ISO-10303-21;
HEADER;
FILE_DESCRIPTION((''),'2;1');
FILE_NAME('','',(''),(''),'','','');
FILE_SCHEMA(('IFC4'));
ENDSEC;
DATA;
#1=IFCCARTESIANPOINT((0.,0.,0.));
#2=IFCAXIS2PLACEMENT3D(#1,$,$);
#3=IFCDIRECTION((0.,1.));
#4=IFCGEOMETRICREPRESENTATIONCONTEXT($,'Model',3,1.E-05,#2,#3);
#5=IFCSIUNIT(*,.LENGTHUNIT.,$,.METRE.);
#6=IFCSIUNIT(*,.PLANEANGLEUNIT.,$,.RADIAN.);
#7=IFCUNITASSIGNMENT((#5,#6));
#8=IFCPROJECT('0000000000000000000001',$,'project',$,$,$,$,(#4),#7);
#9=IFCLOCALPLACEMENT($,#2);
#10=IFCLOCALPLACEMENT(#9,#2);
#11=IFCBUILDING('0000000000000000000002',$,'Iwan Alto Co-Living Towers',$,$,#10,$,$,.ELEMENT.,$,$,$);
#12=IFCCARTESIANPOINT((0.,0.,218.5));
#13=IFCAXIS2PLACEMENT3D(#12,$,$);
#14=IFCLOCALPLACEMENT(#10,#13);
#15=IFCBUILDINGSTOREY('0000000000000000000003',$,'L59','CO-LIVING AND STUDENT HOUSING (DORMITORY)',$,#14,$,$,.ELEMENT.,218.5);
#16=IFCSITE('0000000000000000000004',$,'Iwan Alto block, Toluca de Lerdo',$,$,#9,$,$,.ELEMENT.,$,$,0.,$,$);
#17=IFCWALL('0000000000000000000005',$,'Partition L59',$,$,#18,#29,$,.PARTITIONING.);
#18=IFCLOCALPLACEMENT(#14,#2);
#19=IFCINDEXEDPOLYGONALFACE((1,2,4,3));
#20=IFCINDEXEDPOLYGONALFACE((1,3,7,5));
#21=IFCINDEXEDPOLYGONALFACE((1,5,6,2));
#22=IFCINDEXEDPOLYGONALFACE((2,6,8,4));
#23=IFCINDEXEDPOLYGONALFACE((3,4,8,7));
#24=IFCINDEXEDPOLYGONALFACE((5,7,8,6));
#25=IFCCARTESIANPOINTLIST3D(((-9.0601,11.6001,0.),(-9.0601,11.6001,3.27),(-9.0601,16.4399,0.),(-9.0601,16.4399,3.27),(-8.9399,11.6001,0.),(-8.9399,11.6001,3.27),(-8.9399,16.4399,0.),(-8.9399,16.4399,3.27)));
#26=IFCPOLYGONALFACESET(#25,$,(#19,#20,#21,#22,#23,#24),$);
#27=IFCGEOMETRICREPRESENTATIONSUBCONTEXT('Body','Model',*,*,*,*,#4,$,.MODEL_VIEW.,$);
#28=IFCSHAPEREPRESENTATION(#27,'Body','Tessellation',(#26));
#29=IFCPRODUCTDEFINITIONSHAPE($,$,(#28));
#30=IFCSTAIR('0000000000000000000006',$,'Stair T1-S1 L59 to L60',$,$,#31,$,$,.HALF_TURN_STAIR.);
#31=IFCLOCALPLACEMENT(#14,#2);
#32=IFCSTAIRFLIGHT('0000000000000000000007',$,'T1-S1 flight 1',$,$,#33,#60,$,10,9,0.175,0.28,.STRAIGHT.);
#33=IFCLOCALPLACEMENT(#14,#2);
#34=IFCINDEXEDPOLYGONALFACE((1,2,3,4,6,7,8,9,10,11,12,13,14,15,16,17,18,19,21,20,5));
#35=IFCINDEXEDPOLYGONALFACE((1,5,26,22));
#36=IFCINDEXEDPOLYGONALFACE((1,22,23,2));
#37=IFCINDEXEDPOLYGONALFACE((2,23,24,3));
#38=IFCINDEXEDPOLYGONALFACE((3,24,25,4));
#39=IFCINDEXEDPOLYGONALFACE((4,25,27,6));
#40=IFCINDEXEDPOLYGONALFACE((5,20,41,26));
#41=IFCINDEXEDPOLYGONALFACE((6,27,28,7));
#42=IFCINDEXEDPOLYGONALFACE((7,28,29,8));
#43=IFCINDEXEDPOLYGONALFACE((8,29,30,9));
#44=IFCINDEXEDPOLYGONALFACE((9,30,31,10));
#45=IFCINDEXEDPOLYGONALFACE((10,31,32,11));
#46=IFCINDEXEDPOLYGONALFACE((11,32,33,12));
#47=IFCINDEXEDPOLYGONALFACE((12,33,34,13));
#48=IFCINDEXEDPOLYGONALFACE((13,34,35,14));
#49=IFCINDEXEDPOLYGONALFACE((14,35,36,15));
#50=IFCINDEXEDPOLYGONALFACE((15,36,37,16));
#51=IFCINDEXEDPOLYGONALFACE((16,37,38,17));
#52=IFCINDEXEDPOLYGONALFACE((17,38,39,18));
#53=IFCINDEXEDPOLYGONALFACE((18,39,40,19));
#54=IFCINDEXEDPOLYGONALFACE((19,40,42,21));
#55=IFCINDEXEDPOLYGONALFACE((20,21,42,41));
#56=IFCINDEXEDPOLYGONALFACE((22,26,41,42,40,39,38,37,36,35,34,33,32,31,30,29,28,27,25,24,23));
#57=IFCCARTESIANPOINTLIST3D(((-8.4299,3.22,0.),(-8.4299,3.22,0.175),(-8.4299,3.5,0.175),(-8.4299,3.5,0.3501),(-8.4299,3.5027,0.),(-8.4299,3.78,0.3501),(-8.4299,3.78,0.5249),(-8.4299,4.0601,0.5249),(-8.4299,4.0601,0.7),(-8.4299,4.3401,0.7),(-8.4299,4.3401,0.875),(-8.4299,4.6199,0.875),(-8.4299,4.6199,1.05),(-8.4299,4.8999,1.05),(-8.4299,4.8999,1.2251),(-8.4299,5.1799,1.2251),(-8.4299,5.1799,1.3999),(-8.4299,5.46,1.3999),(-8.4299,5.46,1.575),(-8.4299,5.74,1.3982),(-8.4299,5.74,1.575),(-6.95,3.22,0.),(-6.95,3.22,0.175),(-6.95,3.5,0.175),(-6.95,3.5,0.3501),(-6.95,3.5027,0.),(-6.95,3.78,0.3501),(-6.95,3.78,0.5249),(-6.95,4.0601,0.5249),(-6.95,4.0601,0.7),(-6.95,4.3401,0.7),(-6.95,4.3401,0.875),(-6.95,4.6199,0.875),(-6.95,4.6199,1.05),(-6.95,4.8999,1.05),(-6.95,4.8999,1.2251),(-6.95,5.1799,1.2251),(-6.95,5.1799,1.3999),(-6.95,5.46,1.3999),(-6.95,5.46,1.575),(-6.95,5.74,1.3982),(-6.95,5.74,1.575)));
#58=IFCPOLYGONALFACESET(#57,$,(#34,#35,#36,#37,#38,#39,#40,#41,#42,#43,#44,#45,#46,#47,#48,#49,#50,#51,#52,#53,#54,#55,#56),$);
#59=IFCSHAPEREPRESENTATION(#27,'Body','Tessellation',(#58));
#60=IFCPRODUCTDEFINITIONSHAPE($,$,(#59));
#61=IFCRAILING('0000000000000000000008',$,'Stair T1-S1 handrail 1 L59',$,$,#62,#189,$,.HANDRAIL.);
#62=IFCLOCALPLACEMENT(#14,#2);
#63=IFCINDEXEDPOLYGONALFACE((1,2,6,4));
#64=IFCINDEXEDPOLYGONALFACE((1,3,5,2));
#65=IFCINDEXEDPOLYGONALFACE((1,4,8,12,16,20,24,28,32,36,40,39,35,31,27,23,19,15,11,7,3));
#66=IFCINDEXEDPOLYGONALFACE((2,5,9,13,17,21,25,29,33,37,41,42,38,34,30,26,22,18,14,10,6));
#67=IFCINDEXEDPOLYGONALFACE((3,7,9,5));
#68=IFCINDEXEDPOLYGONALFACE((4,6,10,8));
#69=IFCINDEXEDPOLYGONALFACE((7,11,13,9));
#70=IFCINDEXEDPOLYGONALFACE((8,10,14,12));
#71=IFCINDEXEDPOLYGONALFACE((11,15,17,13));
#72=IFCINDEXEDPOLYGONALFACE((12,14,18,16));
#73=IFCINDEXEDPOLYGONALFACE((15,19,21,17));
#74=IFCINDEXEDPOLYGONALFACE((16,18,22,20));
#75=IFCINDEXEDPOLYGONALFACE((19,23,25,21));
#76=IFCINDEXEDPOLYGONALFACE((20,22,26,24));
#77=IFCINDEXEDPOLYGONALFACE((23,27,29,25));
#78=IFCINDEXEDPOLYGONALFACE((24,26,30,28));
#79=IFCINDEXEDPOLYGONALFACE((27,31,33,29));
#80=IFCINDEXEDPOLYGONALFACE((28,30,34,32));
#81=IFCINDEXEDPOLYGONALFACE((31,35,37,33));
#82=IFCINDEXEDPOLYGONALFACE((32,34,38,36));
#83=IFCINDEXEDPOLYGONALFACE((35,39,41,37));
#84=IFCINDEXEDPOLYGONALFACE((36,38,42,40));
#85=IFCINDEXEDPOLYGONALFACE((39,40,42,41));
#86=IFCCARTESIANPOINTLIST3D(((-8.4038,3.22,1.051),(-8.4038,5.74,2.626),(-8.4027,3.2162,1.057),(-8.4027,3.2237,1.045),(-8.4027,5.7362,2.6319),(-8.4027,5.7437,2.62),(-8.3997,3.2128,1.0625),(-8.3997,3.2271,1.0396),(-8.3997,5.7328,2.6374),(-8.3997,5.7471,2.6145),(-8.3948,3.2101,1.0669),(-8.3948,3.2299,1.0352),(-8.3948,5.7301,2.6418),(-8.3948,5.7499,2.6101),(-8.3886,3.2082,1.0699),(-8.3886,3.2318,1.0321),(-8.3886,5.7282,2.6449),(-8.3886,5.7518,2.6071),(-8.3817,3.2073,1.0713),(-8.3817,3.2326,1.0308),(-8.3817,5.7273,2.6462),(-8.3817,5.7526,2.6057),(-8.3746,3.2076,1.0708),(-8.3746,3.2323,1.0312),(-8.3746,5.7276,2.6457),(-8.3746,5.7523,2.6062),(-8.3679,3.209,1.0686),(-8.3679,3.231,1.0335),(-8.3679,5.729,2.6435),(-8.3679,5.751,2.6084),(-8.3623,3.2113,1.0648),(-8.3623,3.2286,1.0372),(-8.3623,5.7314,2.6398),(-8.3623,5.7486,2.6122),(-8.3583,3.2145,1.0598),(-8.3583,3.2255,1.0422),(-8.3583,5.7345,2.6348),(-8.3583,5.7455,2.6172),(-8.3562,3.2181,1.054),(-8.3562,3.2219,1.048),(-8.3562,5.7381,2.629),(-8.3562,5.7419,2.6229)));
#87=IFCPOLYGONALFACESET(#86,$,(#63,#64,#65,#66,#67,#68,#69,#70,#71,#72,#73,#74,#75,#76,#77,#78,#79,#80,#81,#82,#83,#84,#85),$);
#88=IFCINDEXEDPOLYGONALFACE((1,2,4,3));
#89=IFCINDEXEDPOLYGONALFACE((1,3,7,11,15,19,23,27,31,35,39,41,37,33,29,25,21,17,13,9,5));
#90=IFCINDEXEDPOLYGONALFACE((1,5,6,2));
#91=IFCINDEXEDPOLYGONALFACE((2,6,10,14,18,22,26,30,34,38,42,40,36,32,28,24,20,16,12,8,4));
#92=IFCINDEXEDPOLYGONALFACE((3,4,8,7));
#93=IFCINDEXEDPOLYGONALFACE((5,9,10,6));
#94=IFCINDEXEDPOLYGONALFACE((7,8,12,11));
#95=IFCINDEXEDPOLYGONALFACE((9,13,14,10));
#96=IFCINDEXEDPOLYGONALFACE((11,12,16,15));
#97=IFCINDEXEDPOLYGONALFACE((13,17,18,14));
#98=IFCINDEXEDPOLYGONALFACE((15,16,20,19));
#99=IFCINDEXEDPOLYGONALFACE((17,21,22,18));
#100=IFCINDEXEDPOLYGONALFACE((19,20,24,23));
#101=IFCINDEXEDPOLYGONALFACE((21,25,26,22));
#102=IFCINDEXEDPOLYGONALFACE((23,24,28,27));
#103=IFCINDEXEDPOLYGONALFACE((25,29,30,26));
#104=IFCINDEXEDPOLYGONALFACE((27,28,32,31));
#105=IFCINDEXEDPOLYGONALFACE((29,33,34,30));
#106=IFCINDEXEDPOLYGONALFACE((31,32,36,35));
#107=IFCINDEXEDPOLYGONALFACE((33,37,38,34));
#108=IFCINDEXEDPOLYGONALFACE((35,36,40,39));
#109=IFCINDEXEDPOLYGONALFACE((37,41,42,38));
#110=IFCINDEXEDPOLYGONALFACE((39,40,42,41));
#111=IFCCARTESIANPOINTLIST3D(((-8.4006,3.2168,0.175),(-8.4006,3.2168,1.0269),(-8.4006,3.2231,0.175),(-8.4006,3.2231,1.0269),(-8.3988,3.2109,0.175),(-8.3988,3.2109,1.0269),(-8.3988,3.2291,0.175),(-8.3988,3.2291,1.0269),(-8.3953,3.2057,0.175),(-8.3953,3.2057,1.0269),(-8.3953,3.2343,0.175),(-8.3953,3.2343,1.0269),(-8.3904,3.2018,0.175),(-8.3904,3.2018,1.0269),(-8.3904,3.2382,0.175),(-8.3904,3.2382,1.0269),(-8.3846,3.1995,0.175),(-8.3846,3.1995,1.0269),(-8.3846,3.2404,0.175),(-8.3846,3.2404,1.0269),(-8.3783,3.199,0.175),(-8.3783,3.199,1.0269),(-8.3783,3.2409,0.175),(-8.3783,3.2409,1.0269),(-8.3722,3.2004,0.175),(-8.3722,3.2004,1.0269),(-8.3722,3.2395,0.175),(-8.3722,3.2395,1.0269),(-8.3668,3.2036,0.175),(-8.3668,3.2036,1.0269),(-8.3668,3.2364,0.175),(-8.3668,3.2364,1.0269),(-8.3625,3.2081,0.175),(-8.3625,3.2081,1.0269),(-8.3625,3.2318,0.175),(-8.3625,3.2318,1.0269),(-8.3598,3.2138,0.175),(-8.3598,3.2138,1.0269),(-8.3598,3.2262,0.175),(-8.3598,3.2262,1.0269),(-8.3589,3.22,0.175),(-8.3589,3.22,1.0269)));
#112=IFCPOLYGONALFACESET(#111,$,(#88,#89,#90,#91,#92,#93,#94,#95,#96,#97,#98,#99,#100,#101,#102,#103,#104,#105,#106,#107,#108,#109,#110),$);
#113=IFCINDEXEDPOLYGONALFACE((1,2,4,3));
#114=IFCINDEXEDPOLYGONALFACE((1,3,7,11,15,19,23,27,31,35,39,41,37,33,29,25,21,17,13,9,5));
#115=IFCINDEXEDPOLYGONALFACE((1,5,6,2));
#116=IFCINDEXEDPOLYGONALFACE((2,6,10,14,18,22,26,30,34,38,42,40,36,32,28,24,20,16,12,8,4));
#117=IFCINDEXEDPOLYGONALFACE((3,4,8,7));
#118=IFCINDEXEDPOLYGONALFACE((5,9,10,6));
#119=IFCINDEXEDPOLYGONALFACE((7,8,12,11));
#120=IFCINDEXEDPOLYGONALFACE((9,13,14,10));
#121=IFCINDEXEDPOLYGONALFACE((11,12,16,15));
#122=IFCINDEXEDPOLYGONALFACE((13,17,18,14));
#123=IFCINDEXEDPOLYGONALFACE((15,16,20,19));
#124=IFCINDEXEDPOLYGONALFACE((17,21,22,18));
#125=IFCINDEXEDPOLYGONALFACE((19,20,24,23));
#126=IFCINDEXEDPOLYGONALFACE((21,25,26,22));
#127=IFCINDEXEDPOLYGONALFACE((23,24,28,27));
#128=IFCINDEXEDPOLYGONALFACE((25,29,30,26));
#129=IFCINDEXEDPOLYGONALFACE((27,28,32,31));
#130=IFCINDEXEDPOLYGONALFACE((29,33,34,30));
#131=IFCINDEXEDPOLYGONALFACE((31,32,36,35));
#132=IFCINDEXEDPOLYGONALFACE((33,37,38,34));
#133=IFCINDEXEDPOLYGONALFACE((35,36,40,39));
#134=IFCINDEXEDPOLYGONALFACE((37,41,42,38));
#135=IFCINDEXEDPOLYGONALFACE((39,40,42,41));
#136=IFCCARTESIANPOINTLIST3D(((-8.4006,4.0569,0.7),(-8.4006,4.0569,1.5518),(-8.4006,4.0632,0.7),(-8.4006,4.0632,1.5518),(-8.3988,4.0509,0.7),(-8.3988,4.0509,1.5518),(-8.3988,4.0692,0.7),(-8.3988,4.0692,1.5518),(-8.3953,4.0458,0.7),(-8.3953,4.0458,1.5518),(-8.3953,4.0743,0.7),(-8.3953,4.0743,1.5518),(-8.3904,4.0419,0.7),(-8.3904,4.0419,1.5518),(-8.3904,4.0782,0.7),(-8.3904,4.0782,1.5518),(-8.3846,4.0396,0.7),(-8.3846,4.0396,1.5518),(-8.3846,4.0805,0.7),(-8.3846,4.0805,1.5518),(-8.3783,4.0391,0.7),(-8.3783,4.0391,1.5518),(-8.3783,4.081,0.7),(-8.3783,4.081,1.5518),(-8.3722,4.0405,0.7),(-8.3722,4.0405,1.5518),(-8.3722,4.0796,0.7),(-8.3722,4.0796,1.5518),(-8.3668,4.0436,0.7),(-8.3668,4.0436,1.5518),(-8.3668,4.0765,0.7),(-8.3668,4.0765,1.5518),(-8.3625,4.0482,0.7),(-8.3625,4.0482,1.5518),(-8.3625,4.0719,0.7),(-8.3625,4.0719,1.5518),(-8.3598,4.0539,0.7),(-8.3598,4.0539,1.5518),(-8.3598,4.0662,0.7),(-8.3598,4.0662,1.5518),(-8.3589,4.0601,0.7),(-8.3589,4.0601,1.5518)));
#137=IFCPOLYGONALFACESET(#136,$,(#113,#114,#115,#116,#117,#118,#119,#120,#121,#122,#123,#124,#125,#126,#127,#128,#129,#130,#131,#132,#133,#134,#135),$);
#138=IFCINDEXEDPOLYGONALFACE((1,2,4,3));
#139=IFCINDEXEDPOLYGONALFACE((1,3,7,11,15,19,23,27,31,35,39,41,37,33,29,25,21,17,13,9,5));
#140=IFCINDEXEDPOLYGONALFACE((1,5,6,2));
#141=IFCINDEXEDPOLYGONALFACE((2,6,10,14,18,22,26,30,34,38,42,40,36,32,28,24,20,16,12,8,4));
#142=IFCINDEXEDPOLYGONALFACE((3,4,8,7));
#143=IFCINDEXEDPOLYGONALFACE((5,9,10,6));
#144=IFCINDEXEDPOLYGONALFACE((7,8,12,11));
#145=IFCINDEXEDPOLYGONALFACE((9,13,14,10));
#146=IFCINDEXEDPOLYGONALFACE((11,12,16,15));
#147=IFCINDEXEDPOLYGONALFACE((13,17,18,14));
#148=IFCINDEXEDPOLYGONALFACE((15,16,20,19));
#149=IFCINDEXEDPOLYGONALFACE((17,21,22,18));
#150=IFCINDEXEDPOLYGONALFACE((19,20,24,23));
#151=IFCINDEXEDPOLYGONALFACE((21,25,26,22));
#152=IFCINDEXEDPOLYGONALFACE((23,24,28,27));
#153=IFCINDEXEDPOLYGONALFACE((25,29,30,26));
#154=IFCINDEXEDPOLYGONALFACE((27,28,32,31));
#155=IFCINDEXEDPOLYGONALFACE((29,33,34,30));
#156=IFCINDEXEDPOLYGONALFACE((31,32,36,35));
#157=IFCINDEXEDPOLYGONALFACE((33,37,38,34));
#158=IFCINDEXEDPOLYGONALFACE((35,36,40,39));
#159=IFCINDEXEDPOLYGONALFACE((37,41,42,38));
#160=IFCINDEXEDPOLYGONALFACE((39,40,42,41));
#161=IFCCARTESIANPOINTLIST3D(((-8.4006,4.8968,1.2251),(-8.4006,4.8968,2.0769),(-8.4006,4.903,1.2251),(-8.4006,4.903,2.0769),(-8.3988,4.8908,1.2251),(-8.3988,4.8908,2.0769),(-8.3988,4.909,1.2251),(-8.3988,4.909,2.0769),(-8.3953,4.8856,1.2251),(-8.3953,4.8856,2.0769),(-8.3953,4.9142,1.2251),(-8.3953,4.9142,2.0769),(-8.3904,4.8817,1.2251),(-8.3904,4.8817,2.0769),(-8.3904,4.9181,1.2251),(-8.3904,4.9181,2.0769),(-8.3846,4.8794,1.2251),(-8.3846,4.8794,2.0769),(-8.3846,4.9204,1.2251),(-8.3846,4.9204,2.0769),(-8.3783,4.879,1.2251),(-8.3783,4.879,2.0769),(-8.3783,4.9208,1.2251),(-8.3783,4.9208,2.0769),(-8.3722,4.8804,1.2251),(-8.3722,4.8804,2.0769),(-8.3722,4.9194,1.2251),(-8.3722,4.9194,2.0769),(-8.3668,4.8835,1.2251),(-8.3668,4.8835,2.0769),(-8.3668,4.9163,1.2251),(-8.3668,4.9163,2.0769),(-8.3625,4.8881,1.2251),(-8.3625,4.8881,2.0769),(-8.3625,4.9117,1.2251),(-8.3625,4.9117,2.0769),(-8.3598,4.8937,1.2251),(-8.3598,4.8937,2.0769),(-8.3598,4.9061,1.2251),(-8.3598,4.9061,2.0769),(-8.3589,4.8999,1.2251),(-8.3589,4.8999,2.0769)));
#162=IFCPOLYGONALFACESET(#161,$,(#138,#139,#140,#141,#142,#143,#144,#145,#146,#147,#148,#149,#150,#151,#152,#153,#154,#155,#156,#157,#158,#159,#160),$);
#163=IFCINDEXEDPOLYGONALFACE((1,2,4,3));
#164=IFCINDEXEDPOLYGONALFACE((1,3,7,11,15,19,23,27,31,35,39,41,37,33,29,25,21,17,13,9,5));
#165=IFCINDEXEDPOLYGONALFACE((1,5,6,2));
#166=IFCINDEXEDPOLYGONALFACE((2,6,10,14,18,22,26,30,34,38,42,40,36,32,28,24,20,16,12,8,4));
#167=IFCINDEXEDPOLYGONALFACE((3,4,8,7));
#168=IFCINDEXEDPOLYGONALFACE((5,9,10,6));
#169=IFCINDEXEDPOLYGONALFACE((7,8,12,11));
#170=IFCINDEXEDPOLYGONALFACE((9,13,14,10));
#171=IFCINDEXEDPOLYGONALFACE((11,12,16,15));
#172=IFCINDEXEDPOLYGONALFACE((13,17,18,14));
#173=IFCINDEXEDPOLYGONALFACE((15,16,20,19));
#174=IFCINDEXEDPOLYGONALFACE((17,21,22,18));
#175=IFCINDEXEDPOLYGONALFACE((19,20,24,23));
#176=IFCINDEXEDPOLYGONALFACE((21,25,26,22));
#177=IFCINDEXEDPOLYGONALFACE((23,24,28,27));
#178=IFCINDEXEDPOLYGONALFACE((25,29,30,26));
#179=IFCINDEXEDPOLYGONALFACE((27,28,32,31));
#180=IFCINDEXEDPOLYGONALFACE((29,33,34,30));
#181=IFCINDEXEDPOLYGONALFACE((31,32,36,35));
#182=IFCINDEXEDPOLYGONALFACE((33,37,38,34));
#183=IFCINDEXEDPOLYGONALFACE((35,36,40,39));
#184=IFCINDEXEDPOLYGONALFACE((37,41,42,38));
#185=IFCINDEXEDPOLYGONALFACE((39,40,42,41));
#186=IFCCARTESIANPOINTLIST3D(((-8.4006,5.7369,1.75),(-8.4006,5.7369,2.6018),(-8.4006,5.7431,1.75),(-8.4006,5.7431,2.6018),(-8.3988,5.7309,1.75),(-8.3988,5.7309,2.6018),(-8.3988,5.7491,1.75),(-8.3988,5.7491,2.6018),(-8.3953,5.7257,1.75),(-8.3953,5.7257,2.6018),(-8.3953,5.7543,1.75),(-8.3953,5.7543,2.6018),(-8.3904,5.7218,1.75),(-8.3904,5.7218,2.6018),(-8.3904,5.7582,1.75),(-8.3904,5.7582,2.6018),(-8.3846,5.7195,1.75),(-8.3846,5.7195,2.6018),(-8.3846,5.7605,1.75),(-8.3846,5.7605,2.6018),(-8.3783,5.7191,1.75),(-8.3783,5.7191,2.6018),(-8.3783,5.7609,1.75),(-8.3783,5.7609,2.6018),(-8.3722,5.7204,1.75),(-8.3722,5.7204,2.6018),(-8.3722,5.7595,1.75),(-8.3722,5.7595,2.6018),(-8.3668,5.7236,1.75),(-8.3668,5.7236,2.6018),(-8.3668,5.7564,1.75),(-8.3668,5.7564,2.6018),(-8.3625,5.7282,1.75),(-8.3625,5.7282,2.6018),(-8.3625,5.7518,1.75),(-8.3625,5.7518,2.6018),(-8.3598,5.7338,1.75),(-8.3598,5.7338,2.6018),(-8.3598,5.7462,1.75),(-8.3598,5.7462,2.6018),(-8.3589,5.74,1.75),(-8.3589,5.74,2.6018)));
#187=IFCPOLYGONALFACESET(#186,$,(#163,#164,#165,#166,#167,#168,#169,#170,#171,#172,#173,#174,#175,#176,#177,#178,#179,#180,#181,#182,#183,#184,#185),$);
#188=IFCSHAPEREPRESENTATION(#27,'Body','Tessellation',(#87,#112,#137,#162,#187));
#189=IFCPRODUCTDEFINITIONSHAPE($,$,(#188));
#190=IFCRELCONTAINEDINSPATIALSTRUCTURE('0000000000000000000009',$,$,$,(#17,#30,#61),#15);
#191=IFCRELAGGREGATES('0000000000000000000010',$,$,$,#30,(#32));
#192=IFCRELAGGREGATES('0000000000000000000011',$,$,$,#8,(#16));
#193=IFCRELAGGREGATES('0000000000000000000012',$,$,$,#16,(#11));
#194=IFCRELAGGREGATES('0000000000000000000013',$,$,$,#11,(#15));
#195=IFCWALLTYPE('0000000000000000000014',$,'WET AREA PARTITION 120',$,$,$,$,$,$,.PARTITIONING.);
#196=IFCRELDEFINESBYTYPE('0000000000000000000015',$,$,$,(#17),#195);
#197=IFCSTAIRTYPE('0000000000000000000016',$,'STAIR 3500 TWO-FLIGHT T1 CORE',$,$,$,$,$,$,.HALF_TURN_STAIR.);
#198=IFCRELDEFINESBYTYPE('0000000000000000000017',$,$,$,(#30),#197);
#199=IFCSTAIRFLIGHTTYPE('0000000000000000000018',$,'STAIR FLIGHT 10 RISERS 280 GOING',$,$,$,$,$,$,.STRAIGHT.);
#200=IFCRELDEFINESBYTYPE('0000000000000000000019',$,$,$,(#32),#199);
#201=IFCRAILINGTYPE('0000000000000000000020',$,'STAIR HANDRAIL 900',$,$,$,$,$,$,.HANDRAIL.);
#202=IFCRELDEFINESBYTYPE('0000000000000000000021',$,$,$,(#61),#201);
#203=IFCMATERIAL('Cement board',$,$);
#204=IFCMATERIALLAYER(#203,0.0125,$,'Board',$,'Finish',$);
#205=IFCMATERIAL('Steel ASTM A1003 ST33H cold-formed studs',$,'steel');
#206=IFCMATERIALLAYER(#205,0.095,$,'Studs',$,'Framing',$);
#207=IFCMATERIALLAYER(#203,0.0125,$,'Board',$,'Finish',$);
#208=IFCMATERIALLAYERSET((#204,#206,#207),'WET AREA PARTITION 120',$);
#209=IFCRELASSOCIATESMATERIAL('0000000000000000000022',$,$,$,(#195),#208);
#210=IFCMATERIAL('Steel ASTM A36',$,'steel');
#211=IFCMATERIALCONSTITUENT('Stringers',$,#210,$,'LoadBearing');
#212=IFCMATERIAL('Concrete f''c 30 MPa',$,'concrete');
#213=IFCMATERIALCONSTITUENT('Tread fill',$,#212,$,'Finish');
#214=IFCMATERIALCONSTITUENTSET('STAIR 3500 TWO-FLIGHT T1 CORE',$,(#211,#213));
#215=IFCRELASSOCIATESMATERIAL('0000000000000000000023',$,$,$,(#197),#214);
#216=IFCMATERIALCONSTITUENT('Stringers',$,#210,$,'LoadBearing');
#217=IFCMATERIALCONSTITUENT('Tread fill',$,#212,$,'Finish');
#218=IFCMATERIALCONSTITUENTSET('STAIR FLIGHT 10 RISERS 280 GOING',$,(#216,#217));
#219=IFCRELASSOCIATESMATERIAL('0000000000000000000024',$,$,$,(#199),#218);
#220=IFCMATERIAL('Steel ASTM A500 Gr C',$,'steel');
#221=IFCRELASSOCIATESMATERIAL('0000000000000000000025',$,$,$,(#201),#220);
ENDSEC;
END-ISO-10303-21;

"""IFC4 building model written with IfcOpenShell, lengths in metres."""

from ifc_helpers import new_model, si_unit, direction, frame, frame_2d, origin, origin_2d, place, context, subcontext, project, spatial, polyline, rectangle, circle, outline, extrude, material, layer, layer_set, constituent, constituent_set, type_object, element, aggregate, save


model = new_model("IFC4")

# Units and contexts
model_context = context("Model", 3, precision=1e-05, world=origin(), true_north=direction((0.0, 1.0)))
body_context = subcontext(model_context, "Body", "Model", "MODEL_VIEW")
ifc_project = project(units=[si_unit("LENGTHUNIT", "METRE"), si_unit("PLANEANGLEUNIT", "RADIAN")], contexts=[model_context])

# Site, building, storey
site_placement = place(None, origin())
site = spatial("IfcSite", under=ifc_project, at=site_placement, Name="Iwan Alto block, Toluca de Lerdo", CompositionType="ELEMENT", RefElevation=0.0)
building_placement = place(site_placement, origin())
building = spatial("IfcBuilding", under=site, at=building_placement, Name="Iwan Alto Co-Living Towers", CompositionType="ELEMENT")
storey_placement = place(building_placement, frame((0.0, 0.0, 218.5)))
storey = spatial("IfcBuildingStorey", under=building, at=storey_placement, Name="L59", Description="CO-LIVING AND STUDENT HOUSING (DORMITORY)", CompositionType="ELEMENT", Elevation=218.5)

# Shared definitions
ifc_material_1 = material(Name="Steel ASTM A1003 ST33H cold-formed studs", Category="steel")

# Wall
ifc_material_2 = material(Name="Cement board")
ifc_layer_1 = layer(ifc_material_2, 0.0125, Name="Board", Category="Finish")
ifc_layer_2 = layer(ifc_material_1, 0.095, Name="Studs", Category="Framing")
ifc_layer_3 = layer(ifc_material_2, 0.0125, Name="Board", Category="Finish")
ifc_layer_set_1 = layer_set([ifc_layer_1, ifc_layer_2, ifc_layer_3], Name="WET AREA PARTITION 120")
wall_type_1 = type_object("IfcWallType", Name="WET AREA PARTITION 120", PredefinedType="PARTITIONING", material=ifc_layer_set_1)
wall_1_placement = place(storey_placement, frame((-9.0, 11.6001, 0.0), z_axis=(0.0, 0.0, 1.0), x_axis=(0.0, 1.0, 0.0)))
element("IfcWall", 1, at=wall_1_placement, inside=storey, type_object=wall_type_1, Name="Partition L59", PredefinedType="PARTITIONING", context=body_context, shape_type="SweptSolid", body=[
    extrude(rectangle(XDim=4.8398, YDim=0.1201, at=frame_2d((2.4199, 0.0))), origin(), (0.0, 0.0, 1.0), 3.27),
])

# Stair, stair flight
ifc_material_3 = material(Name="Steel ASTM A36", Category="steel")
ifc_constituent_1 = constituent(ifc_material_3, Name="Stringers", Category="LoadBearing")
ifc_material_4 = material(Name="Concrete f'c 30 MPa", Category="concrete")
ifc_constituent_2 = constituent(ifc_material_4, Name="Tread fill", Category="Finish")
ifc_constituent_set_1 = constituent_set(constituents=[ifc_constituent_1, ifc_constituent_2], Name="STAIR 3500 TWO-FLIGHT T1 CORE")
stair_type = type_object("IfcStairType", Name="STAIR 3500 TWO-FLIGHT T1 CORE", PredefinedType="HALF_TURN_STAIR", material=ifc_constituent_set_1)
stair_placement = place(storey_placement, origin())
stair = element("IfcStair", 2, at=stair_placement, inside=storey, type_object=stair_type, Name="Stair T1-S1 L59 to L60", PredefinedType="HALF_TURN_STAIR")
ifc_constituent_3 = constituent(ifc_material_3, Name="Stringers", Category="LoadBearing")
ifc_constituent_4 = constituent(ifc_material_4, Name="Tread fill", Category="Finish")
ifc_constituent_set_2 = constituent_set(constituents=[ifc_constituent_3, ifc_constituent_4], Name="STAIR FLIGHT 10 RISERS 280 GOING")
stair_flight_type = type_object("IfcStairFlightType", Name="STAIR FLIGHT 10 RISERS 280 GOING", PredefinedType="STRAIGHT", material=ifc_constituent_set_2)
stair_flight_placement = place(storey_placement, frame((-7.6899, 3.22, 0.0), z_axis=(0.0, 0.0, 1.0), x_axis=(0.0, 1.0, 0.0)))
stair_flight = element("IfcStairFlight", 3, at=stair_flight_placement, type_object=stair_flight_type, Name="T1-S1 flight 1", NumberOfRisers=10, NumberOfTreads=9, PredefinedType="STRAIGHT", RiserHeight=0.175, TreadLength=0.28, context=body_context, shape_type="SweptSolid", body=[
    extrude(outline(polyline([(0.0, 0.0), (0.0, 0.175), (0.28, 0.175), (0.28, 0.3501), (0.5601, 0.3501), (0.5601, 0.5249), (0.8401, 0.5249), (0.8401, 0.7), (1.1201, 0.7), (1.1201, 0.875), (1.3999, 0.875), (1.3999, 1.05), (1.6799, 1.05), (1.6799, 1.2251), (1.96, 1.2251), (1.96, 1.3999), (2.24, 1.3999), (2.24, 1.575), (2.52, 1.575), (2.52, 1.75), (2.52, 1.3982), (0.2827, 0.0), (0.0, 0.0)])), frame((0.0, 0.74, 0.0), z_axis=(0.0, -1.0, 0.0), x_axis=(1.0, 0.0, 0.0)), (0.0, 0.0, 1.0), 1.48),
])
aggregate(stair, [stair_flight])

# Railing
ifc_material_5 = material(Name="Steel ASTM A500 Gr C", Category="steel")
railing_type_1 = type_object("IfcRailingType", Name="STAIR HANDRAIL 900", PredefinedType="HANDRAIL", material=ifc_material_5)
railing_1_placement = place(storey_placement, frame((-8.3799, 3.22, 0.175)))
element("IfcRailing", 4, at=railing_1_placement, inside=storey, type_object=railing_type_1, Name="Stair T1-S1 handrail 1 L59", PredefinedType="HANDRAIL", context=body_context, shape_type="SweptSolid", body=[
    extrude(circle(Radius=0.0239, at=origin_2d()), frame((0.0, 0.0, 0.876), z_axis=(0.0, 0.848008, 0.529984), x_axis=(-1.0, 0.0, 0.0)), (0.0, 0.0, 1.0), 2.9717),
    extrude(circle(Radius=0.021, at=origin_2d()), origin(), (0.0, 0.0, 1.0), 0.8518),
    extrude(circle(Radius=0.021, at=origin_2d()), frame((0.0, 0.8401, 0.5249)), (0.0, 0.0, 1.0), 0.8518),
    extrude(circle(Radius=0.021, at=origin_2d()), frame((0.0, 1.6799, 1.05)), (0.0, 0.0, 1.0), 0.8518),
    extrude(circle(Radius=0.021, at=origin_2d()), frame((0.0, 2.52, 1.575)), (0.0, 0.0, 1.0), 0.8518),
])

save(model, "model.ifc")
